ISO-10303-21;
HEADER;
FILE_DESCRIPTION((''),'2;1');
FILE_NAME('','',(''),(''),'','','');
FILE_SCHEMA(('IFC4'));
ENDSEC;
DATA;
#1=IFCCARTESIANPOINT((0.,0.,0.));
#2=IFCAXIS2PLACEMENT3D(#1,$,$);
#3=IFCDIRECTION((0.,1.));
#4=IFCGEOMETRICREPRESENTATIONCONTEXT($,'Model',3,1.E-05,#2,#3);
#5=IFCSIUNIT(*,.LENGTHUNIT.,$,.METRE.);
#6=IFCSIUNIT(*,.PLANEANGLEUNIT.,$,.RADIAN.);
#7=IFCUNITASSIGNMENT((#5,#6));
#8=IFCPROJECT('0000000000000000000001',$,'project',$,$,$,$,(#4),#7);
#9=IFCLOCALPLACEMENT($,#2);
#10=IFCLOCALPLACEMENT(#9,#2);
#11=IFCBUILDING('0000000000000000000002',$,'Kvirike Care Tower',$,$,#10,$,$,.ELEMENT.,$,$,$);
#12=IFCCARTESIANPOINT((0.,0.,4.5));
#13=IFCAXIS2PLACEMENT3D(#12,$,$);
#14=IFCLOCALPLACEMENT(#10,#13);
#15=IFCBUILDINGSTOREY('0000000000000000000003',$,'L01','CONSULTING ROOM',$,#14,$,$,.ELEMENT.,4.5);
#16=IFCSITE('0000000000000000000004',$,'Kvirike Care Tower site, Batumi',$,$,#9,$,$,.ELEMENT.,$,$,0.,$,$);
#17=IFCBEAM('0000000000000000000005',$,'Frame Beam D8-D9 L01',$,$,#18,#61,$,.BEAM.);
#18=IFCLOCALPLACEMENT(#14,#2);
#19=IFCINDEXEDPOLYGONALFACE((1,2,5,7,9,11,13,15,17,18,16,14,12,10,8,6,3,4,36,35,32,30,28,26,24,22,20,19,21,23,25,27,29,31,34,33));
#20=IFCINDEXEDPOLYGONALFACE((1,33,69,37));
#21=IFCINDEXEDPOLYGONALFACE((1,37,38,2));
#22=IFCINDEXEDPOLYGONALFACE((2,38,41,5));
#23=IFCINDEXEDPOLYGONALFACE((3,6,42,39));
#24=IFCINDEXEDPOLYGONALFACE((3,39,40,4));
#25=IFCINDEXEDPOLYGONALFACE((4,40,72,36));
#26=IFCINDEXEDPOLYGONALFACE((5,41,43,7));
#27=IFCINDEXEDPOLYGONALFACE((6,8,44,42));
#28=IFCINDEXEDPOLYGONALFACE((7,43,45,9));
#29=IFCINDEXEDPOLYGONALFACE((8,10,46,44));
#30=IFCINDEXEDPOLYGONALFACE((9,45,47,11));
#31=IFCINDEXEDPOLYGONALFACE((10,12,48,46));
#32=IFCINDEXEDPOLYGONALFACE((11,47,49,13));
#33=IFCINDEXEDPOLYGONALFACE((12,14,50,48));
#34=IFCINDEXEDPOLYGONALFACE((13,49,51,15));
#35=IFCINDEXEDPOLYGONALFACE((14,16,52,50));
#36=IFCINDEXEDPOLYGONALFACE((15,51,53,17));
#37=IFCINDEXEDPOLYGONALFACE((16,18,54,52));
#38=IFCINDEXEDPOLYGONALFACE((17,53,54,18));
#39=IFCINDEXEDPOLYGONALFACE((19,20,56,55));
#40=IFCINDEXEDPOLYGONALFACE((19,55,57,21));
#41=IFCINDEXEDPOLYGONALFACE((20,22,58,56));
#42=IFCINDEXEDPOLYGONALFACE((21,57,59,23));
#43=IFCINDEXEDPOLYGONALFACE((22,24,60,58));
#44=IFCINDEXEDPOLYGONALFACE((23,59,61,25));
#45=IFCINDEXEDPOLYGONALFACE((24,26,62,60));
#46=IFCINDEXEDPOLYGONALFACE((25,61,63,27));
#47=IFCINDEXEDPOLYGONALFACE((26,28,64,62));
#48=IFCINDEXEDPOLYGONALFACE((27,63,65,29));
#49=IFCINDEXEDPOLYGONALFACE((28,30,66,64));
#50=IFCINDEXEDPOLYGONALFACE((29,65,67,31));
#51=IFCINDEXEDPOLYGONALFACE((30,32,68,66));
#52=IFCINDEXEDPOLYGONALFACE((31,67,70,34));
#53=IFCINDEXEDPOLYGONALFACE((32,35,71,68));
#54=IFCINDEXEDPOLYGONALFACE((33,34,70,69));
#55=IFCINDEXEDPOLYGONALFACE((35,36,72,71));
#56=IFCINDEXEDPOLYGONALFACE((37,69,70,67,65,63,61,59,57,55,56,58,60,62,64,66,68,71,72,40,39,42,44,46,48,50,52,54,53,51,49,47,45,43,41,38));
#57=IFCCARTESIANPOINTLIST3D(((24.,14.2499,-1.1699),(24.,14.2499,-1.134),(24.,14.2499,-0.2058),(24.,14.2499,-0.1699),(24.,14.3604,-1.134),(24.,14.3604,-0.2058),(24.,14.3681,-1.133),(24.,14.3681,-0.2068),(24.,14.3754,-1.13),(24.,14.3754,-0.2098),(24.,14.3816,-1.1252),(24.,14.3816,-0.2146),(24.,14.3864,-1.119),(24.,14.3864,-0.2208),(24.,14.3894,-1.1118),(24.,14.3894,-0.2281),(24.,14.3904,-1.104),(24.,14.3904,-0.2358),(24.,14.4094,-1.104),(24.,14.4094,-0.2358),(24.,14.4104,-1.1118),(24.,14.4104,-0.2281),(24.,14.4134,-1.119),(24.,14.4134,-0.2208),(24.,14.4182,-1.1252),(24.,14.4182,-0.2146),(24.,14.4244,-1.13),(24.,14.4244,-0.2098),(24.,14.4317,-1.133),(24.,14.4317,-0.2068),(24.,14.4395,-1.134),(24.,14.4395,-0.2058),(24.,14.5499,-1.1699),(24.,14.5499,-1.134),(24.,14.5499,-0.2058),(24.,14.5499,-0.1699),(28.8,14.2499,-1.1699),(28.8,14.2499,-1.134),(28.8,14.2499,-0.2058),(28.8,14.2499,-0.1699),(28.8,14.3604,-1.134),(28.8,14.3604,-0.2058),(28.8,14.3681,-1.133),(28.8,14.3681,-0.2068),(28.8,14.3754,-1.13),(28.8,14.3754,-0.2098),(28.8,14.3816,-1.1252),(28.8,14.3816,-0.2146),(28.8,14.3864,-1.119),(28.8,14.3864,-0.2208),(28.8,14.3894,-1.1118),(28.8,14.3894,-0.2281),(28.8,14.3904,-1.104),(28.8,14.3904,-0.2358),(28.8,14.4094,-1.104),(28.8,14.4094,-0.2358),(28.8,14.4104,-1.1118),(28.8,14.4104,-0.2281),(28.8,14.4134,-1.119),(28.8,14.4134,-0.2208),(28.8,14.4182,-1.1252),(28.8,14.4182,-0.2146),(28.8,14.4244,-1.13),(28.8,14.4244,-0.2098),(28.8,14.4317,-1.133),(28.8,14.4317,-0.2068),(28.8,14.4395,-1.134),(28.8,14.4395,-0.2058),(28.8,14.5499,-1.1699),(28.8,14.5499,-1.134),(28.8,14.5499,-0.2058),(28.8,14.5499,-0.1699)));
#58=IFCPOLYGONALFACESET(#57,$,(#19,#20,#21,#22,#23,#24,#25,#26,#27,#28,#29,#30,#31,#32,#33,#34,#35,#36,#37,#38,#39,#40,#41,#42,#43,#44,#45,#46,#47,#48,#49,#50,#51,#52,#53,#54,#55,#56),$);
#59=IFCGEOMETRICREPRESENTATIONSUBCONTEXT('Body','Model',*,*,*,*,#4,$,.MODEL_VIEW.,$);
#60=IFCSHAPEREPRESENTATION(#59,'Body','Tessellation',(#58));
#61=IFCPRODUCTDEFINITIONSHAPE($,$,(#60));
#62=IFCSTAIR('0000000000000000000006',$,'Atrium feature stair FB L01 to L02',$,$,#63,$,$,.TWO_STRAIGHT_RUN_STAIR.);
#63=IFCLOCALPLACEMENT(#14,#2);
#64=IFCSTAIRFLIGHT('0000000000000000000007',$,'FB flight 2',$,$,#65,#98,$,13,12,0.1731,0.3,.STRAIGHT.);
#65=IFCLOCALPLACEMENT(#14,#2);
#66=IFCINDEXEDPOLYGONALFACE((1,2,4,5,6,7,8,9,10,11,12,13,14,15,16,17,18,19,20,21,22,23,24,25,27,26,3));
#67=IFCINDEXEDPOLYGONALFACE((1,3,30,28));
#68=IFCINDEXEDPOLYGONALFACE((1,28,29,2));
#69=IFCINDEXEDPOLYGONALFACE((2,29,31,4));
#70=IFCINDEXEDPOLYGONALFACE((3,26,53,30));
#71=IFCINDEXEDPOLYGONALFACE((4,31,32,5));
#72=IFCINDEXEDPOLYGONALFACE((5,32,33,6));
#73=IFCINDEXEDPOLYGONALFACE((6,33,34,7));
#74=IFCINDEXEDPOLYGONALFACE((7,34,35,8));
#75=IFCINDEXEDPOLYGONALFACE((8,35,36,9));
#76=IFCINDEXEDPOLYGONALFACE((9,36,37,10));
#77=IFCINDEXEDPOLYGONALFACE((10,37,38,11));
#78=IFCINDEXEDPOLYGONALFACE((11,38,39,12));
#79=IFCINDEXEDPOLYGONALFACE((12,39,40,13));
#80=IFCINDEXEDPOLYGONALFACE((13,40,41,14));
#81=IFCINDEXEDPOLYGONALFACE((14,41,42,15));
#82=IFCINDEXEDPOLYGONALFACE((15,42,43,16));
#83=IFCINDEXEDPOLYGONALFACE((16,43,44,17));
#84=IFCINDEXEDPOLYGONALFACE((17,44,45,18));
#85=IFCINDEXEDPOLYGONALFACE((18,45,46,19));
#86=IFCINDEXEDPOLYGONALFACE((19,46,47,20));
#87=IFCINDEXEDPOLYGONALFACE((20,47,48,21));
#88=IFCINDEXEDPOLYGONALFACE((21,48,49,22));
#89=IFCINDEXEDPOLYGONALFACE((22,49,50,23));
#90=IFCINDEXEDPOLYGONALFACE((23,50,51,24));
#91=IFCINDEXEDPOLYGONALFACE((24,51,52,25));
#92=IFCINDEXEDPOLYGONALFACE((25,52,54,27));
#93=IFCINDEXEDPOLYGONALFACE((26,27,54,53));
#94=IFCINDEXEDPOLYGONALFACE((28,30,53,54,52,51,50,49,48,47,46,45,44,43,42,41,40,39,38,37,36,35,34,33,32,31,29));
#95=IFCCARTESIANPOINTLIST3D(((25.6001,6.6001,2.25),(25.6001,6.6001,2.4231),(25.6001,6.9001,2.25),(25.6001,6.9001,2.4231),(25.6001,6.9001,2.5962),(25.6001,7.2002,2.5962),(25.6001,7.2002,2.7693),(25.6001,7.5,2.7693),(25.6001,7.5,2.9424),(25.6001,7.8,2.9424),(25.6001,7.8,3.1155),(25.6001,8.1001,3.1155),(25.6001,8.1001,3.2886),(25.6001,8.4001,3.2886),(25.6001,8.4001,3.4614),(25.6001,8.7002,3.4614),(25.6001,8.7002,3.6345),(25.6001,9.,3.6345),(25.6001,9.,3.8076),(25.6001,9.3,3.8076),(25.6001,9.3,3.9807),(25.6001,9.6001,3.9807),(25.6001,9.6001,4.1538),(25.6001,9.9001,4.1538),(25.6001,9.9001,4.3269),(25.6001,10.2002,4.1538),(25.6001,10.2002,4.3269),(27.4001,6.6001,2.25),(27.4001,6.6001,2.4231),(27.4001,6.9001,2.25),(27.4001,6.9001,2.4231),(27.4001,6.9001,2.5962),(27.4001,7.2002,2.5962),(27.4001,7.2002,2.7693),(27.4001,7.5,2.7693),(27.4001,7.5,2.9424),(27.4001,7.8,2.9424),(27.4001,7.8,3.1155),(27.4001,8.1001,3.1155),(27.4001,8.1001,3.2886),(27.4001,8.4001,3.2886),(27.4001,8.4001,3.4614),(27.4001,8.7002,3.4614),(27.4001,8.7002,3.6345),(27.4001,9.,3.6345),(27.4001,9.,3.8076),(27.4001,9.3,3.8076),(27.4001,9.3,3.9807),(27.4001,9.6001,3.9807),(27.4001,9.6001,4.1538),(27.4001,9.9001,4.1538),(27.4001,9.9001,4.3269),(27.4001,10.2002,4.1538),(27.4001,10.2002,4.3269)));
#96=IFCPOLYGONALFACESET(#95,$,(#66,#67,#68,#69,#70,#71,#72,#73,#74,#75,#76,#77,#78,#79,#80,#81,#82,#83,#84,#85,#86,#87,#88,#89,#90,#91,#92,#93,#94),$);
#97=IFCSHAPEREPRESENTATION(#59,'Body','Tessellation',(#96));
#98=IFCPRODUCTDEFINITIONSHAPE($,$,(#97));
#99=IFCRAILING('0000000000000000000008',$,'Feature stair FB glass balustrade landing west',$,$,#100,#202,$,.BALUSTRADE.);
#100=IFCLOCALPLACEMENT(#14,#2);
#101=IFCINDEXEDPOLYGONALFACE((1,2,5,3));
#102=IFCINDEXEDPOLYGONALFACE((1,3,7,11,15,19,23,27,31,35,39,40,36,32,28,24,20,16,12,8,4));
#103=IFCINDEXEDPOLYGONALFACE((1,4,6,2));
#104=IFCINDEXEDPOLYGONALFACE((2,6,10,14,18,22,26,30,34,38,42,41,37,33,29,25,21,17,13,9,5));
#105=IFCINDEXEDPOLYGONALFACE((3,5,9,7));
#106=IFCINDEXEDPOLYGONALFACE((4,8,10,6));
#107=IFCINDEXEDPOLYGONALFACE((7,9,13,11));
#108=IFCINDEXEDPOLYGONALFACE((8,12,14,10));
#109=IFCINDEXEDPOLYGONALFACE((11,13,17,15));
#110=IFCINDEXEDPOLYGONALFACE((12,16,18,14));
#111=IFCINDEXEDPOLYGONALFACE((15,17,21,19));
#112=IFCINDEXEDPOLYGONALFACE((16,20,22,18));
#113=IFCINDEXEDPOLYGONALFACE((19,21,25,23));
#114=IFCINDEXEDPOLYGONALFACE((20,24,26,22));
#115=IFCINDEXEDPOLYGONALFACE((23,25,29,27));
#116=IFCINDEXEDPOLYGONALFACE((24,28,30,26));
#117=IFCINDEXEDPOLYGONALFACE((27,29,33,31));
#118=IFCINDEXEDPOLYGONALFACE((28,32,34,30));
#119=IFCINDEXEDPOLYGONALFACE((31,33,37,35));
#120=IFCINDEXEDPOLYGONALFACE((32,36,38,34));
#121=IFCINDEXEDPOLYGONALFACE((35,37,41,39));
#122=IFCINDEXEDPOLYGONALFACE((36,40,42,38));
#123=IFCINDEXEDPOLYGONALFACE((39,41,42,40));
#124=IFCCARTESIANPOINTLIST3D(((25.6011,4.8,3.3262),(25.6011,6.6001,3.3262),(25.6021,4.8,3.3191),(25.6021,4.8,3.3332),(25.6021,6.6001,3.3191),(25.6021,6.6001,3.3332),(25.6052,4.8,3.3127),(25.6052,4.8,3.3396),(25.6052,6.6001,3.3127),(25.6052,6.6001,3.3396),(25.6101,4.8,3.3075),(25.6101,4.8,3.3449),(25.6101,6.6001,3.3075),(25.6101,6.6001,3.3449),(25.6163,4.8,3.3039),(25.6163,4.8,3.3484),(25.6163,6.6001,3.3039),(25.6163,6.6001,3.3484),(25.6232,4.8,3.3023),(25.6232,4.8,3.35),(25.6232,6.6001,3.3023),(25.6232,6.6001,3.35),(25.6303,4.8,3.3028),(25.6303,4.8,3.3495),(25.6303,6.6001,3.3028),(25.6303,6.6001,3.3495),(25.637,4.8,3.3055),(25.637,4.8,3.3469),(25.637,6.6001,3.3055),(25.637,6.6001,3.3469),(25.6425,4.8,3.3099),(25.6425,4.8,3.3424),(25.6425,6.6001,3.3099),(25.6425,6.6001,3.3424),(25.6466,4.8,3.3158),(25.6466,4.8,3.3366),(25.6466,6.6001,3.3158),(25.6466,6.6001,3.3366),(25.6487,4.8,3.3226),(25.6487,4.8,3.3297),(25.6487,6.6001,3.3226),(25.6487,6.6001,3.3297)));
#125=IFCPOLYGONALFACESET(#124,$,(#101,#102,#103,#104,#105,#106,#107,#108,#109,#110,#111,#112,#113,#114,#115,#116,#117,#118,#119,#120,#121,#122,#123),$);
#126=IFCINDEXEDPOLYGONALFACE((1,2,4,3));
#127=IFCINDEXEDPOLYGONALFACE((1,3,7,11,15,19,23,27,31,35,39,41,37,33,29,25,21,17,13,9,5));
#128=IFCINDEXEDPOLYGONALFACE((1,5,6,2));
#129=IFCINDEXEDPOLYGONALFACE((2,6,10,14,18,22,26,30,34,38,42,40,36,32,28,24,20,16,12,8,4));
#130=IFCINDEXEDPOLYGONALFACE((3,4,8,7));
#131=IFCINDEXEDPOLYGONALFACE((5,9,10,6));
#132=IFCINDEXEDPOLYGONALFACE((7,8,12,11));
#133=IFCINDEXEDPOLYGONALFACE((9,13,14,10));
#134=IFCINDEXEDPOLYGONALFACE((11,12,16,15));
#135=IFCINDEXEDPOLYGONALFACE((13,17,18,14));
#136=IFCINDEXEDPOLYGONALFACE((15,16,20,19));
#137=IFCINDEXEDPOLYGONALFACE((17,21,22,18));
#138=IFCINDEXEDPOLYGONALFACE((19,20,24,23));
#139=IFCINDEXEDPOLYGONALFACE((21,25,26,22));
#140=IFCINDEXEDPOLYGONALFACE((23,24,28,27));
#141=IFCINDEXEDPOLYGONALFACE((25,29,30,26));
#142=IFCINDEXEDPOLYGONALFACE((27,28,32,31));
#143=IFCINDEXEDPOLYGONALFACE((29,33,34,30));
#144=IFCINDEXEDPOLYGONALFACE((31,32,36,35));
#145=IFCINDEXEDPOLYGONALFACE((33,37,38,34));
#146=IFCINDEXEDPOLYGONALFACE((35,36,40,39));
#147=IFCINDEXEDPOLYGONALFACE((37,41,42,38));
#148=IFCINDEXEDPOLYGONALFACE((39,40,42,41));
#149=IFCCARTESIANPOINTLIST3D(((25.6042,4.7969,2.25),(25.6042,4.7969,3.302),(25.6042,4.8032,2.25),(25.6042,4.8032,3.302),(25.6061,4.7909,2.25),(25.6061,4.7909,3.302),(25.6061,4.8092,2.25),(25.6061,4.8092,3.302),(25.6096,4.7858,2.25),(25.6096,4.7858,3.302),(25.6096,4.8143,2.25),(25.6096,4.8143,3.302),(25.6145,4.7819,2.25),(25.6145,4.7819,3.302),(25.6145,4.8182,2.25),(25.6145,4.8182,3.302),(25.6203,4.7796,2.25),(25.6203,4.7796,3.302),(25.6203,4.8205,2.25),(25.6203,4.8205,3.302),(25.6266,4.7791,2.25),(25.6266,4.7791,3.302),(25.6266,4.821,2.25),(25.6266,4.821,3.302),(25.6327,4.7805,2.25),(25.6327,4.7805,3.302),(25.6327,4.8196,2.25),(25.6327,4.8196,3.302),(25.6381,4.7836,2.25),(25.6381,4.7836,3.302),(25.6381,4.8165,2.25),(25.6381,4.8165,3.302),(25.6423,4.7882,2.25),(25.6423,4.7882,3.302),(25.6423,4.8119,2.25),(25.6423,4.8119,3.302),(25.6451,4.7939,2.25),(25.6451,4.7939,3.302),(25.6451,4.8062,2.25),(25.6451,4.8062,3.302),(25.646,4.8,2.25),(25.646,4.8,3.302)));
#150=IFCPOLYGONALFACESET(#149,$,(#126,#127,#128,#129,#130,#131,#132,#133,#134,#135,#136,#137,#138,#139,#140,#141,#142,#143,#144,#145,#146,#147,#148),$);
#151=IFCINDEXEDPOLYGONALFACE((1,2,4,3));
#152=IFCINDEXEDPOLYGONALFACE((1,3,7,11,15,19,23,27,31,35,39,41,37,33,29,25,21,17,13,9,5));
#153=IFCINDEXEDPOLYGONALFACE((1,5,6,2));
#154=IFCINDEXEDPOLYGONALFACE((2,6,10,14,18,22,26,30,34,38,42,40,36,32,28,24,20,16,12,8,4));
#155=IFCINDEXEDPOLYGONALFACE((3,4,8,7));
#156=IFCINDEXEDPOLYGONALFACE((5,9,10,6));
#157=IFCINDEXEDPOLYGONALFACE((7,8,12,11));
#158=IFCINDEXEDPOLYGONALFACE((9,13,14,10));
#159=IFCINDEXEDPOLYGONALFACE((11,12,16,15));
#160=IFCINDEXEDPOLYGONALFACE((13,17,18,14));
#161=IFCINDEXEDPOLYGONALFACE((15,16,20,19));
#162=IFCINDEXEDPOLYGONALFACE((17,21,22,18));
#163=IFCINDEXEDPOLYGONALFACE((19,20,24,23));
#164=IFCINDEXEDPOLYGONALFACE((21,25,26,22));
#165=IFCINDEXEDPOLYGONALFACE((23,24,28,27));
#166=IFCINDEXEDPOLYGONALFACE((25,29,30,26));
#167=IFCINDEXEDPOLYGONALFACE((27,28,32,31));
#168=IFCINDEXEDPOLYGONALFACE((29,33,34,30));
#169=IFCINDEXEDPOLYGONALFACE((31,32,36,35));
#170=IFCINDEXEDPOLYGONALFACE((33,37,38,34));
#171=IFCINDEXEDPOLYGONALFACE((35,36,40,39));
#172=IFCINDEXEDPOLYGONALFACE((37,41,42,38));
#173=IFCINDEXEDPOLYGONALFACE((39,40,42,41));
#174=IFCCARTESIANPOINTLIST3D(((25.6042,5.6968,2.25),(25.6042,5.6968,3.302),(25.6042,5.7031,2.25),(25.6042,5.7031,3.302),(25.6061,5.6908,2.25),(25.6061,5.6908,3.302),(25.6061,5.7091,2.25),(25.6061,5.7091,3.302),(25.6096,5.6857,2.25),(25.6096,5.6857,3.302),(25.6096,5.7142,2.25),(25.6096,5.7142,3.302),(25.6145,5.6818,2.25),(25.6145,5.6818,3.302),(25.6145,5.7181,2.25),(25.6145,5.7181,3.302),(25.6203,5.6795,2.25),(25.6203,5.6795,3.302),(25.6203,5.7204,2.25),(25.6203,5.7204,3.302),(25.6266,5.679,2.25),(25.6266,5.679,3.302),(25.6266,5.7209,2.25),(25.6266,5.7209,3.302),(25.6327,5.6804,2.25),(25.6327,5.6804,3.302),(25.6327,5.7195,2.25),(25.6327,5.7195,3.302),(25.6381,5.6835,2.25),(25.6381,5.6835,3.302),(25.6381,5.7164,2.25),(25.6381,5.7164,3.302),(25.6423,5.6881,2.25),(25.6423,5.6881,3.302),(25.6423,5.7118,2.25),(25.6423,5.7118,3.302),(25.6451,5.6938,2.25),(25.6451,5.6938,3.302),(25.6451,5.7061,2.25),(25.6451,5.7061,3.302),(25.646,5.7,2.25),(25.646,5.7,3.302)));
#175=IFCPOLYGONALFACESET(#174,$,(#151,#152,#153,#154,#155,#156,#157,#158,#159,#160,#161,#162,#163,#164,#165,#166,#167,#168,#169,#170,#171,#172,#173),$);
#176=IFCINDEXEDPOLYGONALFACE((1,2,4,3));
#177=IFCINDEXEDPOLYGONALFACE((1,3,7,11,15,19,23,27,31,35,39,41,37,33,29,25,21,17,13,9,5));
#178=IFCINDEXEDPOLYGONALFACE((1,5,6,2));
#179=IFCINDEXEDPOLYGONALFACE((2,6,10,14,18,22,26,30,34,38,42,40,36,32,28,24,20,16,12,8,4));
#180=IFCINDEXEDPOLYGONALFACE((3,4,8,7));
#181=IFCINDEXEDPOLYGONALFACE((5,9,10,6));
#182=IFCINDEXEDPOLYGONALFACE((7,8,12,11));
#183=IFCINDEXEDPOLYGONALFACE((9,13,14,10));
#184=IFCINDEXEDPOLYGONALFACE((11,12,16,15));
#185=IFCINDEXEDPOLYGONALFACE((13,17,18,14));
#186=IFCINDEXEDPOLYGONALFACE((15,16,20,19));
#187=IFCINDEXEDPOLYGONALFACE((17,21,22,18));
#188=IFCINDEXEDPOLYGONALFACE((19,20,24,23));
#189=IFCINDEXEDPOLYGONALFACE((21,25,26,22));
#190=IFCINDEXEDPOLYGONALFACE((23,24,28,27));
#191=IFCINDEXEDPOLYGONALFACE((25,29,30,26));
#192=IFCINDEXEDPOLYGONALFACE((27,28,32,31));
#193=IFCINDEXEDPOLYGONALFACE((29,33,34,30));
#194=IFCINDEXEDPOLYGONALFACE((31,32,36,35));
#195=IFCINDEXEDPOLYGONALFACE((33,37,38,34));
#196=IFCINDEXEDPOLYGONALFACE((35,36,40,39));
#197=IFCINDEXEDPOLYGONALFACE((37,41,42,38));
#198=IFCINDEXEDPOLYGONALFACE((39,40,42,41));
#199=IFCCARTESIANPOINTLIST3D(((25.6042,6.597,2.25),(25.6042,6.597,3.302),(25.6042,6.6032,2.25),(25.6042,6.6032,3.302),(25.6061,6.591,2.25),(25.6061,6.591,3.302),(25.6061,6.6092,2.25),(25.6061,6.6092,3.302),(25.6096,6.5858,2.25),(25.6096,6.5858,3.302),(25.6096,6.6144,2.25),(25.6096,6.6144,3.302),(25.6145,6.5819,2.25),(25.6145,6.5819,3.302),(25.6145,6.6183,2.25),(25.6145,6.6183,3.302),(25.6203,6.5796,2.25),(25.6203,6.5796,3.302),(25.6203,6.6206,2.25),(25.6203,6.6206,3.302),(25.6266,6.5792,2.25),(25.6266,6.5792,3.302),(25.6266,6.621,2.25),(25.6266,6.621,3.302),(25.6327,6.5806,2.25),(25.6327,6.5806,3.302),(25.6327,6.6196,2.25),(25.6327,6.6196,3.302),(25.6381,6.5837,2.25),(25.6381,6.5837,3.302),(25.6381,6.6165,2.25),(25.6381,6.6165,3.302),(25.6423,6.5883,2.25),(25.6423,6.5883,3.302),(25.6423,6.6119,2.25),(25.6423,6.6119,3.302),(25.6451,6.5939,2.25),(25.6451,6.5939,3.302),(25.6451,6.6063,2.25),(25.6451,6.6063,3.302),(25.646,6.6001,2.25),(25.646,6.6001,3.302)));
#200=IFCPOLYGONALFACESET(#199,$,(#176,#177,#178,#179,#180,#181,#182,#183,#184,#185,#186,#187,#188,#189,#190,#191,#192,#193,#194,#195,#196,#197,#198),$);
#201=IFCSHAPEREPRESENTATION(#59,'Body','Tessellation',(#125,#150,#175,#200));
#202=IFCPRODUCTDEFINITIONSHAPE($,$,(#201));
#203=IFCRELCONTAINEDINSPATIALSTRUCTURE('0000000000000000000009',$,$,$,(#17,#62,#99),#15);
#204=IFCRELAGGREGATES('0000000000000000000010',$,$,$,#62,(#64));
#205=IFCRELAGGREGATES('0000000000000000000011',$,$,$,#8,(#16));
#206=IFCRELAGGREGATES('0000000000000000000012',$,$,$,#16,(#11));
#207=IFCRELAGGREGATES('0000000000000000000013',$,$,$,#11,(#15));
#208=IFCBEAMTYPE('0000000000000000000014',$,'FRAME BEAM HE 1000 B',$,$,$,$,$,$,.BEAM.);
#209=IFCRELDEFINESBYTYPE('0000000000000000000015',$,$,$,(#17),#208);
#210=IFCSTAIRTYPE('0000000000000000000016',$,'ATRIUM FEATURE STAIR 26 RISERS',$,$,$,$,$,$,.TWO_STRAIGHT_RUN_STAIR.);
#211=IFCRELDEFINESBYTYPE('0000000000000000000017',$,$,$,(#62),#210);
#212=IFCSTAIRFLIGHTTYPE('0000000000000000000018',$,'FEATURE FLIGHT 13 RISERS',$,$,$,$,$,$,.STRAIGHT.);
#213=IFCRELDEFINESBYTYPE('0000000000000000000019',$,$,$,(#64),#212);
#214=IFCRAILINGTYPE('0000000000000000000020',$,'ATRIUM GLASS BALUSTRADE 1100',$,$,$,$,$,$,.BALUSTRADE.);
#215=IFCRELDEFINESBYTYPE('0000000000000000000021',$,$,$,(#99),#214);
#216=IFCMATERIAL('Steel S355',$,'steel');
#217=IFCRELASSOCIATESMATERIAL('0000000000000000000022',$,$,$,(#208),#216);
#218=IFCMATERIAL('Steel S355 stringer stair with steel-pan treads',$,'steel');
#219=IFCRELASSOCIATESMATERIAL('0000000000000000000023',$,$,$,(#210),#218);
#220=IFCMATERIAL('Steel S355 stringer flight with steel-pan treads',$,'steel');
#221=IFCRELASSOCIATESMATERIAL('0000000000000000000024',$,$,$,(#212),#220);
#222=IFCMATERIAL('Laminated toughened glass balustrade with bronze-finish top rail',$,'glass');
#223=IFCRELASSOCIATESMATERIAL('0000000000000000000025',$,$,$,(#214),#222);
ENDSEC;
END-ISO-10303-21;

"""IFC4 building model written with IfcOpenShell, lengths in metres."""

from ifc_helpers import new_model, si_unit, direction, frame, origin, origin_2d, place, context, subcontext, project, spatial, polyline, circle, i_section, outline, extrude, material, material_profile, profile_set, type_object, element, aggregate, save


model = new_model("IFC4")

# Units and contexts
model_context = context("Model", 3, precision=1e-05, world=origin(), true_north=direction((0.0, 1.0)))
body_context = subcontext(model_context, "Body", "Model", "MODEL_VIEW")
ifc_project = project(units=[si_unit("LENGTHUNIT", "METRE"), si_unit("PLANEANGLEUNIT", "RADIAN")], contexts=[model_context])

# Site, building, storey
site_placement = place(None, origin())
site = spatial("IfcSite", under=ifc_project, at=site_placement, Name="Kvirike Care Tower site, Batumi", CompositionType="ELEMENT", RefElevation=0.0)
building_placement = place(site_placement, origin())
building = spatial("IfcBuilding", under=site, at=building_placement, Name="Kvirike Care Tower", CompositionType="ELEMENT")
storey_placement = place(building_placement, frame((0.0, 0.0, 4.5)))
storey = spatial("IfcBuildingStorey", under=building, at=storey_placement, Name="L01", Description="CONSULTING ROOM", CompositionType="ELEMENT", Elevation=4.5)

# Beam
ifc_material_1 = material(Name="Steel S355", Category="steel")
ifc_material_profile_1 = material_profile(ifc_material_1, i_section(OverallWidth=0.3, OverallDepth=1.0, WebThickness=0.019, FlangeThickness=0.0359, FilletRadius=0.03, at=origin_2d()), Name="HE 1000 B")
ifc_profile_set_1 = profile_set([ifc_material_profile_1], Name="Steel S355")
beam_type_1 = type_object("IfcBeamType", Name="FRAME BEAM HE 1000 B", PredefinedType="BEAM", material=ifc_profile_set_1)
beam_1_placement = place(storey_placement, frame((24.0, 14.3999, -0.6699), z_axis=(1.0, 0.0, 0.0), x_axis=(0.0, 1.0, 0.0)))
element("IfcBeam", 1, at=beam_1_placement, inside=storey, type_object=beam_type_1, Name="Frame Beam D8-D9 L01", PredefinedType="BEAM", context=body_context, shape_type="SweptSolid", body=[
    extrude(i_section(OverallWidth=0.3, OverallDepth=1.0, WebThickness=0.019, FlangeThickness=0.0359, FilletRadius=0.03, at=origin_2d()), origin(), (0.0, 0.0, 1.0), 4.8),
])

# Stair, stair flight
ifc_material_2 = material(Name="Steel S355 stringer stair with steel-pan treads", Category="steel")
stair_type = type_object("IfcStairType", Name="ATRIUM FEATURE STAIR 26 RISERS", PredefinedType="TWO_STRAIGHT_RUN_STAIR", material=ifc_material_2)
stair_placement = place(storey_placement, origin())
stair = element("IfcStair", 2, at=stair_placement, inside=storey, type_object=stair_type, Name="Atrium feature stair FB L01 to L02", PredefinedType="TWO_STRAIGHT_RUN_STAIR")
ifc_material_3 = material(Name="Steel S355 stringer flight with steel-pan treads", Category="steel")
stair_flight_type = type_object("IfcStairFlightType", Name="FEATURE FLIGHT 13 RISERS", PredefinedType="STRAIGHT", material=ifc_material_3)
stair_flight_placement = place(storey_placement, frame((26.5, 6.6001, 2.25), z_axis=(0.0, 0.0, 1.0), x_axis=(0.0, 1.0, 0.0)))
stair_flight = element("IfcStairFlight", 3, at=stair_flight_placement, type_object=stair_flight_type, Name="FB flight 2", NumberOfRisers=13, NumberOfTreads=12, PredefinedType="STRAIGHT", RiserHeight=0.1731, TreadLength=0.3, context=body_context, shape_type="SweptSolid", body=[
    extrude(outline(polyline([(0.0, 0.0), (0.0, 0.1731), (0.3, 0.1731), (0.3, 0.3462), (0.6001, 0.3462), (0.6001, 0.5193), (0.8999, 0.5193), (0.8999, 0.6924), (1.2, 0.6924), (1.2, 0.8655), (1.5, 0.8655), (1.5, 1.0386), (1.8, 1.0386), (1.8, 1.2114), (2.1001, 1.2114), (2.1001, 1.3845), (2.3999, 1.3845), (2.3999, 1.5576), (2.7, 1.5576), (2.7, 1.7307), (3.0, 1.7307), (3.0, 1.9038), (3.3, 1.9038), (3.3, 2.0769), (3.6001, 2.0769), (3.6001, 2.25), (3.6001, 1.9038), (0.3, 0.0), (0.0, 0.0)])), frame((0.0, 0.8999, 0.0), z_axis=(0.0, -1.0, 0.0), x_axis=(1.0, 0.0, 0.0)), (0.0, 0.0, 1.0), 1.8),
])
aggregate(stair, [stair_flight])

# Railing
ifc_material_4 = material(Name="Laminated toughened glass balustrade with bronze-finish top rail", Category="glass")
railing_type_1 = type_object("IfcRailingType", Name="ATRIUM GLASS BALUSTRADE 1100", PredefinedType="BALUSTRADE", material=ifc_material_4)
railing_1_placement = place(storey_placement, frame((25.625, 4.8, 2.25)))
element("IfcRailing", 4, at=railing_1_placement, inside=storey, type_object=railing_type_1, Name="Feature stair FB glass balustrade landing west", PredefinedType="BALUSTRADE", context=body_context, shape_type="SweptSolid", body=[
    extrude(circle(Radius=0.0239, at=origin_2d()), frame((0.0, 0.0, 1.0762), z_axis=(0.0, 1.0, 0.0), x_axis=(-1.0, 0.0, 0.0)), (0.0, 0.0, 1.0), 1.8),
    extrude(circle(Radius=0.021, at=origin_2d()), origin(), (0.0, 0.0, 1.0), 1.052),
    extrude(circle(Radius=0.021, at=origin_2d()), frame((0.0, 0.8999, 0.0)), (0.0, 0.0, 1.0), 1.052),
    extrude(circle(Radius=0.021, at=origin_2d()), frame((0.0, 1.8, 0.0)), (0.0, 0.0, 1.0), 1.052),
])

save(model, "model.ifc")
